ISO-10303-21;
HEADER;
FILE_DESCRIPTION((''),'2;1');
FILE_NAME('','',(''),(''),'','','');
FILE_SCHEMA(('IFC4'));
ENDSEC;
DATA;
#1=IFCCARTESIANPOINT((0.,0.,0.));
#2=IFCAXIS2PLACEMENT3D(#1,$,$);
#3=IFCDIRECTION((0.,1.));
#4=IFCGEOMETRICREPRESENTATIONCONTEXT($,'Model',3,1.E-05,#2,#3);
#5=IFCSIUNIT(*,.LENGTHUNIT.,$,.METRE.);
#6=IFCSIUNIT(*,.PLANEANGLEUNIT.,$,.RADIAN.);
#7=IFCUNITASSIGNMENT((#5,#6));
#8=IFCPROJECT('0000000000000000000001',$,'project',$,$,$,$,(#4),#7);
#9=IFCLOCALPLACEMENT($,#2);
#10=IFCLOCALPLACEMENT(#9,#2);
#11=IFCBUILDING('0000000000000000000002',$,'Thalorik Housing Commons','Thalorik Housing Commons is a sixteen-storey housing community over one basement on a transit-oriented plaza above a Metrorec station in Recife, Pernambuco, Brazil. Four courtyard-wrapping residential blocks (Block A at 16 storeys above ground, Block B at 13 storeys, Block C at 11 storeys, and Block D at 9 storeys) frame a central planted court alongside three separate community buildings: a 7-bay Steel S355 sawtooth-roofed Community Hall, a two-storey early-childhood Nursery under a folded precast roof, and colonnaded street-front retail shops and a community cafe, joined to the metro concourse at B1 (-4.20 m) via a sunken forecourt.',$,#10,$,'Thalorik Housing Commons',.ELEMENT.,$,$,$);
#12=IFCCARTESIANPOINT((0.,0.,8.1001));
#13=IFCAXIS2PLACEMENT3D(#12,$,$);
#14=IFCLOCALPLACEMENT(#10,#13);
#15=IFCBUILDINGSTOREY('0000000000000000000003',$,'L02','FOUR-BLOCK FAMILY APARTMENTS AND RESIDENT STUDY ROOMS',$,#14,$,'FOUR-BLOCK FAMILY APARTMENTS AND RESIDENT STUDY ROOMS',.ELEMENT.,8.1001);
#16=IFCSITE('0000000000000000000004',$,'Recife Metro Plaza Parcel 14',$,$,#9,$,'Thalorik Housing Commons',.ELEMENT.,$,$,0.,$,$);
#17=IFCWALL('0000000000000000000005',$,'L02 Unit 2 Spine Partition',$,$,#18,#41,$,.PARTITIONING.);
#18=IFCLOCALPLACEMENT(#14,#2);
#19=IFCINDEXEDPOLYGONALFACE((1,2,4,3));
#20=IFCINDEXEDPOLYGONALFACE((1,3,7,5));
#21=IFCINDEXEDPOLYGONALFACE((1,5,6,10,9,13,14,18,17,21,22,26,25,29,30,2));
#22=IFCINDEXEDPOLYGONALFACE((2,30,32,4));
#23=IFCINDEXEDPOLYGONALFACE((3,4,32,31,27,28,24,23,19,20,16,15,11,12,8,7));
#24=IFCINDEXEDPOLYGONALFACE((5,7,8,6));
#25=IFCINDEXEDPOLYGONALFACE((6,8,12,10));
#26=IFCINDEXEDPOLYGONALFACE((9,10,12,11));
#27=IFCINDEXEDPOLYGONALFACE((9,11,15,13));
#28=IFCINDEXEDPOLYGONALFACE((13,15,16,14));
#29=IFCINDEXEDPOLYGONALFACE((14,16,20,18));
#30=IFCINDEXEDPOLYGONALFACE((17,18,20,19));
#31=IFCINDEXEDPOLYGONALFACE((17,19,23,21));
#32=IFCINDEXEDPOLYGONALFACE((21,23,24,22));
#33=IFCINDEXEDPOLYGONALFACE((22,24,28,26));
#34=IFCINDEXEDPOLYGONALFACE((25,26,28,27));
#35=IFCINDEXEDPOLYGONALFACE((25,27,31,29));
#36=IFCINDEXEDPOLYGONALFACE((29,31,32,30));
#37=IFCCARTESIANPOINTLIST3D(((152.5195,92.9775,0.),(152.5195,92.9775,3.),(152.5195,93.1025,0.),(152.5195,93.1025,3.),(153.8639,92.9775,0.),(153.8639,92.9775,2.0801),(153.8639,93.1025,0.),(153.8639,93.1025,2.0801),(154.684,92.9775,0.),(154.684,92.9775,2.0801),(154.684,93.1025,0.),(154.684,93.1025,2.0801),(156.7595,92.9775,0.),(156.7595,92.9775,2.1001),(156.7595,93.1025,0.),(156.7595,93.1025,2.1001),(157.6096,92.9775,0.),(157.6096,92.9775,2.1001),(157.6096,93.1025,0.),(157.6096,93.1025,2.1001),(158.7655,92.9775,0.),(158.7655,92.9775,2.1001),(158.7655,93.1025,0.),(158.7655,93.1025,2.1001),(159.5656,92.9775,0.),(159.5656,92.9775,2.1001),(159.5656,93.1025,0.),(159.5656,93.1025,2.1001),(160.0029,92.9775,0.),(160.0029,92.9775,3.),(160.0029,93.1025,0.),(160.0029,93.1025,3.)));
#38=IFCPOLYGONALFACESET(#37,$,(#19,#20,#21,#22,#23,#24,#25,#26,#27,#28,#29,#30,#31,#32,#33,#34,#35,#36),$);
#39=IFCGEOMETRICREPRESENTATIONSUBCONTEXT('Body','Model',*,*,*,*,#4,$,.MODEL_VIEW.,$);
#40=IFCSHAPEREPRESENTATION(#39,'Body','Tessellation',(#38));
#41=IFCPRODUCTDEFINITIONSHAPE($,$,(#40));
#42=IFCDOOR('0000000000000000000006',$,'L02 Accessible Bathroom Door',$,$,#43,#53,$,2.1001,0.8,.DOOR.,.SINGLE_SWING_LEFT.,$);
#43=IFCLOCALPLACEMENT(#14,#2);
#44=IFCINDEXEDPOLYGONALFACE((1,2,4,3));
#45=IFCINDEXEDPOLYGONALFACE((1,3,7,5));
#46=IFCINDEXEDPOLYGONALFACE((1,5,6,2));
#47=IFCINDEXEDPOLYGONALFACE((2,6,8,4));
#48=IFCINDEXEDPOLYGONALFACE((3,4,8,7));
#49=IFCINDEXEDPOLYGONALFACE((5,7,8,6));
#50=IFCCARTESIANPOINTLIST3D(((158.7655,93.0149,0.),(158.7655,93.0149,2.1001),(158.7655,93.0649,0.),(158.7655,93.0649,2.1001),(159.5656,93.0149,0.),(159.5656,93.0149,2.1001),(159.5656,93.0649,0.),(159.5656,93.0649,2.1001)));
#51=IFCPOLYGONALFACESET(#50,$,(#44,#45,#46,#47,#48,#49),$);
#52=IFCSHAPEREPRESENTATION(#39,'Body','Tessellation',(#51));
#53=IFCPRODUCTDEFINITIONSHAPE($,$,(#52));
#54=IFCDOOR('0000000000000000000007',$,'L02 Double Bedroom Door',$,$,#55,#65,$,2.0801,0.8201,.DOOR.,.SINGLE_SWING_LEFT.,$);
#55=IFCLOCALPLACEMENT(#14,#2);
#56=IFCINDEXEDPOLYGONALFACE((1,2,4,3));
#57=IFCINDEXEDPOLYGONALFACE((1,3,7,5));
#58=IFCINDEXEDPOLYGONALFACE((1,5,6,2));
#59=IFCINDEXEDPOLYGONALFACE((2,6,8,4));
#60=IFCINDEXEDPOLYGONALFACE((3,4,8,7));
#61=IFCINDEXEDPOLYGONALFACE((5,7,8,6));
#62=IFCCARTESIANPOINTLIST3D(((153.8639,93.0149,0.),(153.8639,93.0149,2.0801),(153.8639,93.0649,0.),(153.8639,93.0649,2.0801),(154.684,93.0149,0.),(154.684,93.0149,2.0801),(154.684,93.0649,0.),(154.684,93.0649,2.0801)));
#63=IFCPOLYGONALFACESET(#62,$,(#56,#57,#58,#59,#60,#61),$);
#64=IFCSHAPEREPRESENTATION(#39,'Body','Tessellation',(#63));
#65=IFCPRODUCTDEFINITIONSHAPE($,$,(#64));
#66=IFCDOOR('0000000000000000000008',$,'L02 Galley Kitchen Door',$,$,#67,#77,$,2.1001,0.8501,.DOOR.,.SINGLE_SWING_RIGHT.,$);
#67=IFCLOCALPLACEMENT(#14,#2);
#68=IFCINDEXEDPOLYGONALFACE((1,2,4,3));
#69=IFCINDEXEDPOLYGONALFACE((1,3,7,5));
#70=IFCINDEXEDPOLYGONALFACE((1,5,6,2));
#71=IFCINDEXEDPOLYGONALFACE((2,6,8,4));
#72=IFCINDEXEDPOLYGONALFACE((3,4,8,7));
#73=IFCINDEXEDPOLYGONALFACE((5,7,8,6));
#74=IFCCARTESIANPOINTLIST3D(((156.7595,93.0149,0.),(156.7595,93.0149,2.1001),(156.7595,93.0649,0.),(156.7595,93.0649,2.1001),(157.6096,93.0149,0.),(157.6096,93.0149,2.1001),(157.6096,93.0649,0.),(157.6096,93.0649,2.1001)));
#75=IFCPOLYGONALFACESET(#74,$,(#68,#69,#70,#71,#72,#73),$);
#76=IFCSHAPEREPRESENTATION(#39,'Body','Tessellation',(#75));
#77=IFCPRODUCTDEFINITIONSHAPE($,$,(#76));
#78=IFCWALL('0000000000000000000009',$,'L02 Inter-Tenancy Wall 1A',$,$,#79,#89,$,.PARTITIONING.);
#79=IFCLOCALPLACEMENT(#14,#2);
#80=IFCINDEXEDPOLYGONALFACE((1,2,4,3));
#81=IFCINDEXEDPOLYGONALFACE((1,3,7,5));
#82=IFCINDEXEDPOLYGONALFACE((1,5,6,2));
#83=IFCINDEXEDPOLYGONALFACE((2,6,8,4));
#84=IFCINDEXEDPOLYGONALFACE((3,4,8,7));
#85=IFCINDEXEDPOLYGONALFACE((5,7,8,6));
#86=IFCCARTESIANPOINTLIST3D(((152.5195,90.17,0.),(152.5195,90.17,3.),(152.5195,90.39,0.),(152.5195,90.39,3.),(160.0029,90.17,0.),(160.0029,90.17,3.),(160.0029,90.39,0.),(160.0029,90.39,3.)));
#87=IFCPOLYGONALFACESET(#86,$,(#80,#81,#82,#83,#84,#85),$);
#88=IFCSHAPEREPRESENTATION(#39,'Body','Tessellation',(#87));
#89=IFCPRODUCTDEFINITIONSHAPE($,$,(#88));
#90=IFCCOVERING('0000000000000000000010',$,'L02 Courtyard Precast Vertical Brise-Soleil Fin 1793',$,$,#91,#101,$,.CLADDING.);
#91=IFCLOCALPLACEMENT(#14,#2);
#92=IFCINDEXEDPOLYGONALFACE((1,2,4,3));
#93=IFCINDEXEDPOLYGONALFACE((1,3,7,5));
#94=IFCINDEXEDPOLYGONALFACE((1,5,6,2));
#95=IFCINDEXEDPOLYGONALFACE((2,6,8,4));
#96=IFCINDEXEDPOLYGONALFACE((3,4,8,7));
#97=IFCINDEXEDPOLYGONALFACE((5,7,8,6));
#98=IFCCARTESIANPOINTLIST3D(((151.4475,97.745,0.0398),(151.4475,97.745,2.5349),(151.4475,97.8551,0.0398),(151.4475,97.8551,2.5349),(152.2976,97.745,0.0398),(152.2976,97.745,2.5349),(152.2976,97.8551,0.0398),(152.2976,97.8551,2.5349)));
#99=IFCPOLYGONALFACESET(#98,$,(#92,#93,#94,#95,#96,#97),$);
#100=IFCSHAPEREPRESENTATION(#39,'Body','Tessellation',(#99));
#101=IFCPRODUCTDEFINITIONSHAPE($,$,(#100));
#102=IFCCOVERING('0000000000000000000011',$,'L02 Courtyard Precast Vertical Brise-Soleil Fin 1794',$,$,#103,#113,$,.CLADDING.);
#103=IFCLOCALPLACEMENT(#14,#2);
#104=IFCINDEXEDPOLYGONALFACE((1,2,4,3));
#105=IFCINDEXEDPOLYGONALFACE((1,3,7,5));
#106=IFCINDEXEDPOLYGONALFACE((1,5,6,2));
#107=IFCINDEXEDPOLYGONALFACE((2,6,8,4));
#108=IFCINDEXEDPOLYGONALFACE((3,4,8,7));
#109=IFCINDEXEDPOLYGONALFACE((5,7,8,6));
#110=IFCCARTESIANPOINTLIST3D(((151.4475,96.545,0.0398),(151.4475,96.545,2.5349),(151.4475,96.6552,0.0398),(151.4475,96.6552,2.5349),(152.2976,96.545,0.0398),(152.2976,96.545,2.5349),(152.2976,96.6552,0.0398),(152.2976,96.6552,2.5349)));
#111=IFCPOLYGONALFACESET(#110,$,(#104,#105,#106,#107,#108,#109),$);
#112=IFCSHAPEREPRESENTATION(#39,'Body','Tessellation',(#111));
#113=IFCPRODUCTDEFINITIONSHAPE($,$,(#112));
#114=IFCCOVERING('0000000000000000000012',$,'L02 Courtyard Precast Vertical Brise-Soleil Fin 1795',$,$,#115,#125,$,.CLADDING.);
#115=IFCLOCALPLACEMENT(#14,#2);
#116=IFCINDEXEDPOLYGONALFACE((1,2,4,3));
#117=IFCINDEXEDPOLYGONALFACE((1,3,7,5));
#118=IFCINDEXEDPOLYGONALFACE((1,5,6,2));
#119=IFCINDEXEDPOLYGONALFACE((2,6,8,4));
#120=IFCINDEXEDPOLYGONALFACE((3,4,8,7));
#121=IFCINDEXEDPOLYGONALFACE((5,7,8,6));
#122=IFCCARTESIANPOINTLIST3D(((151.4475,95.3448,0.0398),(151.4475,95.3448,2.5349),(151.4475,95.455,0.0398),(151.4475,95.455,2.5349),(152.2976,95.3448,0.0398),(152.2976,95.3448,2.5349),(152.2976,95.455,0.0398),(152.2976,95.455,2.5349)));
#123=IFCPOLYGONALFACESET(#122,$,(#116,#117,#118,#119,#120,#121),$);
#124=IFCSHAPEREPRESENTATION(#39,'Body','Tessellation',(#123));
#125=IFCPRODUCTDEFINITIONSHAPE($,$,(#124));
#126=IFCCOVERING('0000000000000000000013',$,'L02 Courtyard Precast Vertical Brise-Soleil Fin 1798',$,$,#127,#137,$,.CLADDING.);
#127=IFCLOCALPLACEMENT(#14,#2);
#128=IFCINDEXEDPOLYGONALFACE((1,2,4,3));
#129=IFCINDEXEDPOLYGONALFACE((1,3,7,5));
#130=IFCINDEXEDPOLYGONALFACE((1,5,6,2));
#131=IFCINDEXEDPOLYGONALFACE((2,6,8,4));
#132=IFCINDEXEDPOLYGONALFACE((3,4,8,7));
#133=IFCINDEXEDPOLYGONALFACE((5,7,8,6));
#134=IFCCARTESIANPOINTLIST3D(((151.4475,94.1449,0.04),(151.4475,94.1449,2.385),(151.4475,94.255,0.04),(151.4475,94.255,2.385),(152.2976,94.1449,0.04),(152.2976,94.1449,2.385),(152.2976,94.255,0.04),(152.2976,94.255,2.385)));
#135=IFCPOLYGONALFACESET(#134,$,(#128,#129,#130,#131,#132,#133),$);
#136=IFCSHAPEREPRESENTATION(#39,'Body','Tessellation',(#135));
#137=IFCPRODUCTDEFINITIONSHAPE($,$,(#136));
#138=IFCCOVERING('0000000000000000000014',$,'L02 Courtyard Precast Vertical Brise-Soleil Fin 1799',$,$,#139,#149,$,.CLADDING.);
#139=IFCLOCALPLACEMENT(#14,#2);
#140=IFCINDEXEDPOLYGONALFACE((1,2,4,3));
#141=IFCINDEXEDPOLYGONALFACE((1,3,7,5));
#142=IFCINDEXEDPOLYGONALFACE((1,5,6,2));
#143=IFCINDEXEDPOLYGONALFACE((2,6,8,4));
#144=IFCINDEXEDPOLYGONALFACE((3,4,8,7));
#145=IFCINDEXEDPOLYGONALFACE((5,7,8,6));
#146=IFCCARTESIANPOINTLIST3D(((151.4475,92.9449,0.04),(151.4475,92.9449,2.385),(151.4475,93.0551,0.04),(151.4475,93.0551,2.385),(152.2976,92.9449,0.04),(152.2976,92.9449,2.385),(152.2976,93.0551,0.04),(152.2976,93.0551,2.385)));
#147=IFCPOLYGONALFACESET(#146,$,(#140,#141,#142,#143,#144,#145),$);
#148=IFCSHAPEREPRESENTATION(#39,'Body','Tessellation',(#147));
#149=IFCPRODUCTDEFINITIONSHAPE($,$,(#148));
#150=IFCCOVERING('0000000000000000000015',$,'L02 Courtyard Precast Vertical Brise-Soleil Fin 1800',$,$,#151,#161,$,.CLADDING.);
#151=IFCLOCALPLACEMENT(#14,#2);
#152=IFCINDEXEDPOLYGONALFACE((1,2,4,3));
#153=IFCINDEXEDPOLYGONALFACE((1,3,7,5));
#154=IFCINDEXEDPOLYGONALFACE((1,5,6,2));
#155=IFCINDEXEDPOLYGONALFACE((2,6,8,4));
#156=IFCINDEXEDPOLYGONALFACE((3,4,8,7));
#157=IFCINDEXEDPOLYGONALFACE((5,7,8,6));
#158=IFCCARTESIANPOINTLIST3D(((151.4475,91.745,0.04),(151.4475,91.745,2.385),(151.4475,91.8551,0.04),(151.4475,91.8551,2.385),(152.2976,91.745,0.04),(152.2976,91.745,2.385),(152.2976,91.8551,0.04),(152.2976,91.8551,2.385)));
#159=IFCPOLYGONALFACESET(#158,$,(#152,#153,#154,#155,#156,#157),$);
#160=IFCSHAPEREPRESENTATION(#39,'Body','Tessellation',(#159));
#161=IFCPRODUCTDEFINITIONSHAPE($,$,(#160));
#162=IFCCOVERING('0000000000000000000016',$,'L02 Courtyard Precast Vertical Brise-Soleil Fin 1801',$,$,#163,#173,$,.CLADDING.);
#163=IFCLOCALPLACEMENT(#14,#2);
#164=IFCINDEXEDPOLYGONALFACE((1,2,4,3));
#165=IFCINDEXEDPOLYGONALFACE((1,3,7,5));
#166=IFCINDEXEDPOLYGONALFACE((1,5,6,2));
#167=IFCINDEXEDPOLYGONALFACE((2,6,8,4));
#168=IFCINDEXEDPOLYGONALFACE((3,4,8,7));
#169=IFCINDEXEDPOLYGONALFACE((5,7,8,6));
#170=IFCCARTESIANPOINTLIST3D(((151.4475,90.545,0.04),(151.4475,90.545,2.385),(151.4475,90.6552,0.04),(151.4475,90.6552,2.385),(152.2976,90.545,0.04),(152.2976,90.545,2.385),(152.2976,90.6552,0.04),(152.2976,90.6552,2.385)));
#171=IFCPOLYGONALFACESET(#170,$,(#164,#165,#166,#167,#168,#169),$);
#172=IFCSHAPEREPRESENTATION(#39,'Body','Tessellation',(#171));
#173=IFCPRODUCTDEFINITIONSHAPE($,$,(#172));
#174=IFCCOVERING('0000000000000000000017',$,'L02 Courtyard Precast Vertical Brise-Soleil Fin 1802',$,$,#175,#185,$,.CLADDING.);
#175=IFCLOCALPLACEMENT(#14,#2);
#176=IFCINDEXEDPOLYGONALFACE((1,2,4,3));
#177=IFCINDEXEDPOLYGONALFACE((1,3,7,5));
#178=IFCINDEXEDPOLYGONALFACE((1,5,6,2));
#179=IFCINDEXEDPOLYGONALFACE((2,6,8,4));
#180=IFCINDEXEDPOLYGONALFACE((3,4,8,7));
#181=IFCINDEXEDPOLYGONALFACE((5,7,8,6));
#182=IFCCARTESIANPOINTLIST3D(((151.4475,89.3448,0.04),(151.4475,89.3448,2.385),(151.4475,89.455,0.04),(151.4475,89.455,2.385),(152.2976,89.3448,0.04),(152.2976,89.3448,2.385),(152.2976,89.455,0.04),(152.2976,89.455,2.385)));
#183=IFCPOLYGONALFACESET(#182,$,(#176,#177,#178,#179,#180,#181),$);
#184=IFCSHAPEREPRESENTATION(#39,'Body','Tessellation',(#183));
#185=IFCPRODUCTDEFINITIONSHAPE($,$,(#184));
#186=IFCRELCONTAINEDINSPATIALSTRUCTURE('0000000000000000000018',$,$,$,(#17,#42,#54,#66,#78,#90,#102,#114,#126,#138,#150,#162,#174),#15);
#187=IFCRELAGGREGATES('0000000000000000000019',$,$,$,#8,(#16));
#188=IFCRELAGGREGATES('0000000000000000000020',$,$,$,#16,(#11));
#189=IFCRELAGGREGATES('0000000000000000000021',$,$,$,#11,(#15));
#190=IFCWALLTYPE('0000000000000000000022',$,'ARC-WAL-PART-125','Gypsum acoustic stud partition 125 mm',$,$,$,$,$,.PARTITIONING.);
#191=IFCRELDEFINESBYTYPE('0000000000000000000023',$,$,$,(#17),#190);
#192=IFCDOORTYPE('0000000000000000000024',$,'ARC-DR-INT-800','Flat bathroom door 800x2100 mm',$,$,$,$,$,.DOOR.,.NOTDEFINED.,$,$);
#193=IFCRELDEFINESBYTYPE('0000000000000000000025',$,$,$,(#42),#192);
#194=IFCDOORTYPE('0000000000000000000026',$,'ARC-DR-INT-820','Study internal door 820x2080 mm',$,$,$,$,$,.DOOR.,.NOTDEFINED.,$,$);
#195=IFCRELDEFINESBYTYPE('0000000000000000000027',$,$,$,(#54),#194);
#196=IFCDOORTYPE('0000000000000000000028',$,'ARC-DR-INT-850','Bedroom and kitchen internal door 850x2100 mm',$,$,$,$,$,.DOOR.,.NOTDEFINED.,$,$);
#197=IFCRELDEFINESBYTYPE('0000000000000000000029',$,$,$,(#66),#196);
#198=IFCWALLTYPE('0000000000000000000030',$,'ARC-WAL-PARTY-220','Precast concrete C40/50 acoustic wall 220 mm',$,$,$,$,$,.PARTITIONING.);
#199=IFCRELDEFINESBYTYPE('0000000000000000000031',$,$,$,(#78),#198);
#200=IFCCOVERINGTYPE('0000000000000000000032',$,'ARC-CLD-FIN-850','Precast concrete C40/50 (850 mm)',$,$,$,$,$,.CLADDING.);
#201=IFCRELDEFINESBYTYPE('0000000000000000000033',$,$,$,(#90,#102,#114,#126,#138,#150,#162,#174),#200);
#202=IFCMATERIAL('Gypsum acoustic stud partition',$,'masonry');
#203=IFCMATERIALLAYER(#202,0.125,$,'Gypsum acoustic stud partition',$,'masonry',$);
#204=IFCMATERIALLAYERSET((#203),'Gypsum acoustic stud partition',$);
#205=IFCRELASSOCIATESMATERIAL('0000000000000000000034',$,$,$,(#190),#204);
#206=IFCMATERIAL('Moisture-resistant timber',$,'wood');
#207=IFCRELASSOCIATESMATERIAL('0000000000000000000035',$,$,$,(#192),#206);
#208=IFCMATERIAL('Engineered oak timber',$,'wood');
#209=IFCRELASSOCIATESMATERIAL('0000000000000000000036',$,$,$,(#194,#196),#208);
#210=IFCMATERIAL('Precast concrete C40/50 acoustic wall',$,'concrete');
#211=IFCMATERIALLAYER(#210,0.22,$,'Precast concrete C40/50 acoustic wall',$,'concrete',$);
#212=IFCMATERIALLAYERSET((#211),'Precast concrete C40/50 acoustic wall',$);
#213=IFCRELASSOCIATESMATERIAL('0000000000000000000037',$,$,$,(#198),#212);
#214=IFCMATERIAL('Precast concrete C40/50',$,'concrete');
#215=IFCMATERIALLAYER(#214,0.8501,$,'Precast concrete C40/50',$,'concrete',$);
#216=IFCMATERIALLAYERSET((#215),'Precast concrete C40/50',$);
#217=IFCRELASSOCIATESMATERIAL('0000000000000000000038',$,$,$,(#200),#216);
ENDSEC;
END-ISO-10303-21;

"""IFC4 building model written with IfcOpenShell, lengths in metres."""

from ifc_helpers import new_model, si_unit, direction, frame, frame_2d, origin, origin_2d, place, context, subcontext, project, spatial, rectangle, extrude, material, layer, layer_set, type_object, element, fill, save


model = new_model("IFC4")

# Units and contexts
model_context = context("Model", 3, precision=1e-05, world=origin(), true_north=direction((0.0, 1.0)))
body_context = subcontext(model_context, "Body", "Model", "MODEL_VIEW")
ifc_project = project(units=[si_unit("LENGTHUNIT", "METRE"), si_unit("PLANEANGLEUNIT", "RADIAN")], contexts=[model_context])

# Site, building, storey
site_placement = place(None, origin())
site = spatial("IfcSite", under=ifc_project, at=site_placement, Name="Recife Metro Plaza Parcel 14", LongName="Thalorik Housing Commons", CompositionType="ELEMENT", RefElevation=0.0)
building_placement = place(site_placement, origin())
building = spatial("IfcBuilding", under=site, at=building_placement, Name="Thalorik Housing Commons", Description="Thalorik Housing Commons is a sixteen-storey housing community over one basement on a transit-oriented plaza above a Metrorec station in Recife, Pernambuco, Brazil. Four courtyard-wrapping residential blocks (Block A at 16 storeys above ground, Block B at 13 storeys, Block C at 11 storeys, and Block D at 9 storeys) frame a central planted court alongside three separate community buildings: a 7-bay Steel S355 sawtooth-roofed Community Hall, a two-storey early-childhood Nursery under a folded precast roof, and colonnaded street-front retail shops and a community cafe, joined to the metro concourse at B1 (-4.20 m) via a sunken forecourt.", LongName="Thalorik Housing Commons", CompositionType="ELEMENT")
storey_placement = place(building_placement, frame((0.0, 0.0, 8.1001)))
storey = spatial("IfcBuildingStorey", under=building, at=storey_placement, Name="L02", Description="FOUR-BLOCK FAMILY APARTMENTS AND RESIDENT STUDY ROOMS", LongName="FOUR-BLOCK FAMILY APARTMENTS AND RESIDENT STUDY ROOMS", CompositionType="ELEMENT", Elevation=8.1001)

# Shared definitions
ifc_material_1 = material(Name="Precast concrete C40/50", Category="concrete")

# Wall, openings, doors
ifc_material_2 = material(Name="Gypsum acoustic stud partition", Category="masonry")
ifc_layer_1 = layer(ifc_material_2, 0.125, Name="Gypsum acoustic stud partition", Category="masonry")
ifc_layer_set_1 = layer_set([ifc_layer_1], Name="Gypsum acoustic stud partition")
wall_type_1 = type_object("IfcWallType", Name="ARC-WAL-PART-125", Description="Gypsum acoustic stud partition 125 mm", PredefinedType="PARTITIONING", material=ifc_layer_set_1)
wall_1_placement = place(storey_placement, frame((152.5195, 93.04, 0.0), z_axis=(0.0, 0.0, 1.0), x_axis=(1.0, 0.0, 0.0)))
wall_1 = element("IfcWall", 1, at=wall_1_placement, inside=storey, type_object=wall_type_1, Name="L02 Unit 2 Spine Partition", PredefinedType="PARTITIONING", context=body_context, shape_type="SweptSolid", body=[
    extrude(rectangle(XDim=7.4834, YDim=0.125, at=frame_2d((3.7417, 0.0))), origin(), (0.0, 0.0, 1.0), 3.0),
])
opening_1_placement = place(wall_1_placement, frame((1.3442, 0.0, 0.0)))
opening_1 = element("IfcOpeningElement", 2, at=opening_1_placement, cuts=wall_1, PredefinedType="OPENING", context=body_context, shape_type="SweptSolid", body=[
    extrude(rectangle(XDim=0.8201, YDim=2.0801, at=frame_2d((0.4102, 1.04))), frame((0.0, 0.0725, 0.0), z_axis=(0.0, -1.0, 0.0), x_axis=(1.0, 0.0, 0.0)), (0.0, 0.0, 1.0), 0.145),
])
opening_2_placement = place(wall_1_placement, frame((4.24, 0.0, 0.0)))
opening_2 = element("IfcOpeningElement", 3, at=opening_2_placement, cuts=wall_1, PredefinedType="OPENING", context=body_context, shape_type="SweptSolid", body=[
    extrude(rectangle(XDim=0.8501, YDim=2.1001, at=frame_2d((0.425, 1.05))), frame((0.0, 0.0725, 0.0), z_axis=(0.0, -1.0, 0.0), x_axis=(1.0, 0.0, 0.0)), (0.0, 0.0, 1.0), 0.145),
])
opening_3_placement = place(wall_1_placement, frame((6.2461, 0.0, 0.0)))
opening_3 = element("IfcOpeningElement", 4, at=opening_3_placement, cuts=wall_1, PredefinedType="OPENING", context=body_context, shape_type="SweptSolid", body=[
    extrude(rectangle(XDim=0.8, YDim=2.1001, at=frame_2d((0.3999, 1.05))), frame((0.0, 0.0725, 0.0), z_axis=(0.0, -1.0, 0.0), x_axis=(1.0, 0.0, 0.0)), (0.0, 0.0, 1.0), 0.145),
])
ifc_material_3 = material(Name="Moisture-resistant timber", Category="wood")
door_type_1 = type_object("IfcDoorType", Name="ARC-DR-INT-800", Description="Flat bathroom door 800x2100 mm", OperationType="NOTDEFINED", PredefinedType="DOOR", material=ifc_material_3)
door_1_placement = place(opening_3_placement, origin())
door_1 = element("IfcDoor", 5, at=door_1_placement, inside=storey, type_object=door_type_1, Name="L02 Accessible Bathroom Door", OperationType="SINGLE_SWING_LEFT", OverallHeight=2.1001, OverallWidth=0.8, PredefinedType="DOOR", context=body_context, shape_type="SweptSolid", body=[
    extrude(rectangle(XDim=0.8, YDim=2.1001, at=frame_2d((0.3999, 1.05))), frame((0.0, 0.0249, 0.0), z_axis=(0.0, -1.0, 0.0), x_axis=(1.0, 0.0, 0.0)), (0.0, 0.0, 1.0), 0.05),
])
fill(opening_3, door_1)
ifc_material_4 = material(Name="Engineered oak timber", Category="wood")
door_type_2 = type_object("IfcDoorType", Name="ARC-DR-INT-820", Description="Study internal door 820x2080 mm", OperationType="NOTDEFINED", PredefinedType="DOOR", material=ifc_material_4)
door_2_placement = place(opening_1_placement, origin())
door_2 = element("IfcDoor", 6, at=door_2_placement, inside=storey, type_object=door_type_2, Name="L02 Double Bedroom Door", OperationType="SINGLE_SWING_LEFT", OverallHeight=2.0801, OverallWidth=0.8201, PredefinedType="DOOR", context=body_context, shape_type="SweptSolid", body=[
    extrude(rectangle(XDim=0.8201, YDim=2.0801, at=frame_2d((0.4102, 1.04))), frame((0.0, 0.0249, 0.0), z_axis=(0.0, -1.0, 0.0), x_axis=(1.0, 0.0, 0.0)), (0.0, 0.0, 1.0), 0.05),
])
fill(opening_1, door_2)
door_type_3 = type_object("IfcDoorType", Name="ARC-DR-INT-850", Description="Bedroom and kitchen internal door 850x2100 mm", OperationType="NOTDEFINED", PredefinedType="DOOR", material=ifc_material_4)
door_3_placement = place(opening_2_placement, origin())
door_3 = element("IfcDoor", 7, at=door_3_placement, inside=storey, type_object=door_type_3, Name="L02 Galley Kitchen Door", OperationType="SINGLE_SWING_RIGHT", OverallHeight=2.1001, OverallWidth=0.8501, PredefinedType="DOOR", context=body_context, shape_type="SweptSolid", body=[
    extrude(rectangle(XDim=0.8501, YDim=2.1001, at=frame_2d((0.425, 1.05))), frame((0.0, 0.0249, 0.0), z_axis=(0.0, -1.0, 0.0), x_axis=(1.0, 0.0, 0.0)), (0.0, 0.0, 1.0), 0.05),
])
fill(opening_2, door_3)

# Wall
ifc_material_5 = material(Name="Precast concrete C40/50 acoustic wall", Category="concrete")
ifc_layer_2 = layer(ifc_material_5, 0.22, Name="Precast concrete C40/50 acoustic wall", Category="concrete")
ifc_layer_set_2 = layer_set([ifc_layer_2], Name="Precast concrete C40/50 acoustic wall")
wall_type_2 = type_object("IfcWallType", Name="ARC-WAL-PARTY-220", Description="Precast concrete C40/50 acoustic wall 220 mm", PredefinedType="PARTITIONING", material=ifc_layer_set_2)
wall_2_placement = place(storey_placement, frame((152.5195, 90.28, 0.0), z_axis=(0.0, 0.0, 1.0), x_axis=(1.0, 0.0, 0.0)))
element("IfcWall", 8, at=wall_2_placement, inside=storey, type_object=wall_type_2, Name="L02 Inter-Tenancy Wall 1A", PredefinedType="PARTITIONING", context=body_context, shape_type="SweptSolid", body=[
    extrude(rectangle(XDim=7.4834, YDim=0.22, at=frame_2d((3.7417, 0.0))), origin(), (0.0, 0.0, 1.0), 3.0),
])

# Coverings
ifc_layer_3 = layer(ifc_material_1, 0.8501, Name="Precast concrete C40/50", Category="concrete")
ifc_layer_set_3 = layer_set([ifc_layer_3], Name="Precast concrete C40/50")
covering_type_1 = type_object("IfcCoveringType", Name="ARC-CLD-FIN-850", Description="Precast concrete C40/50 (850 mm)", PredefinedType="CLADDING", material=ifc_layer_set_3)
for number, where, z_axis, x_axis, name in (
    (9, (151.8726, 97.8, 0.0398), (0.0, 0.0, 1.0), (0.0, -1.0, 0.0), "L02 Courtyard Precast Vertical Brise-Soleil Fin 1793"),
    (10, (151.8726, 96.6001, 0.0398), (0.0, 0.0, 1.0), (0.0, -1.0, 0.0), "L02 Courtyard Precast Vertical Brise-Soleil Fin 1794"),
    (11, (151.8726, 95.3999, 0.0398), (0.0, 0.0, 1.0), (0.0, -1.0, 0.0), "L02 Courtyard Precast Vertical Brise-Soleil Fin 1795"),
):
    element("IfcCovering", number, at=place(storey_placement, frame(where, z_axis=z_axis, x_axis=x_axis)), inside=storey, type_object=covering_type_1, Name=name, PredefinedType="CLADDING", context=body_context, shape_type="SweptSolid", body=[
        extrude(rectangle(XDim=0.1101, YDim=0.8501, at=origin_2d()), origin(), (0.0, 0.0, 1.0), 2.4951),
    ])
for number, where, z_axis, x_axis, name in (
    (12, (151.8726, 94.2, 0.04), (0.0, 0.0, 1.0), (0.0, -1.0, 0.0), "L02 Courtyard Precast Vertical Brise-Soleil Fin 1798"),
    (13, (151.8726, 93.0, 0.04), (0.0, 0.0, 1.0), (0.0, -1.0, 0.0), "L02 Courtyard Precast Vertical Brise-Soleil Fin 1799"),
    (14, (151.8726, 91.8, 0.04), (0.0, 0.0, 1.0), (0.0, -1.0, 0.0), "L02 Courtyard Precast Vertical Brise-Soleil Fin 1800"),
    (15, (151.8726, 90.6001, 0.04), (0.0, 0.0, 1.0), (0.0, -1.0, 0.0), "L02 Courtyard Precast Vertical Brise-Soleil Fin 1801"),
    (16, (151.8726, 89.3999, 0.04), (0.0, 0.0, 1.0), (0.0, -1.0, 0.0), "L02 Courtyard Precast Vertical Brise-Soleil Fin 1802"),
):
    element("IfcCovering", number, at=place(storey_placement, frame(where, z_axis=z_axis, x_axis=x_axis)), inside=storey, type_object=covering_type_1, Name=name, PredefinedType="CLADDING", context=body_context, shape_type="SweptSolid", body=[
        extrude(rectangle(XDim=0.1101, YDim=0.8501, at=origin_2d()), origin(), (0.0, 0.0, 1.0), 2.345),
    ])

save(model, "model.ifc")
